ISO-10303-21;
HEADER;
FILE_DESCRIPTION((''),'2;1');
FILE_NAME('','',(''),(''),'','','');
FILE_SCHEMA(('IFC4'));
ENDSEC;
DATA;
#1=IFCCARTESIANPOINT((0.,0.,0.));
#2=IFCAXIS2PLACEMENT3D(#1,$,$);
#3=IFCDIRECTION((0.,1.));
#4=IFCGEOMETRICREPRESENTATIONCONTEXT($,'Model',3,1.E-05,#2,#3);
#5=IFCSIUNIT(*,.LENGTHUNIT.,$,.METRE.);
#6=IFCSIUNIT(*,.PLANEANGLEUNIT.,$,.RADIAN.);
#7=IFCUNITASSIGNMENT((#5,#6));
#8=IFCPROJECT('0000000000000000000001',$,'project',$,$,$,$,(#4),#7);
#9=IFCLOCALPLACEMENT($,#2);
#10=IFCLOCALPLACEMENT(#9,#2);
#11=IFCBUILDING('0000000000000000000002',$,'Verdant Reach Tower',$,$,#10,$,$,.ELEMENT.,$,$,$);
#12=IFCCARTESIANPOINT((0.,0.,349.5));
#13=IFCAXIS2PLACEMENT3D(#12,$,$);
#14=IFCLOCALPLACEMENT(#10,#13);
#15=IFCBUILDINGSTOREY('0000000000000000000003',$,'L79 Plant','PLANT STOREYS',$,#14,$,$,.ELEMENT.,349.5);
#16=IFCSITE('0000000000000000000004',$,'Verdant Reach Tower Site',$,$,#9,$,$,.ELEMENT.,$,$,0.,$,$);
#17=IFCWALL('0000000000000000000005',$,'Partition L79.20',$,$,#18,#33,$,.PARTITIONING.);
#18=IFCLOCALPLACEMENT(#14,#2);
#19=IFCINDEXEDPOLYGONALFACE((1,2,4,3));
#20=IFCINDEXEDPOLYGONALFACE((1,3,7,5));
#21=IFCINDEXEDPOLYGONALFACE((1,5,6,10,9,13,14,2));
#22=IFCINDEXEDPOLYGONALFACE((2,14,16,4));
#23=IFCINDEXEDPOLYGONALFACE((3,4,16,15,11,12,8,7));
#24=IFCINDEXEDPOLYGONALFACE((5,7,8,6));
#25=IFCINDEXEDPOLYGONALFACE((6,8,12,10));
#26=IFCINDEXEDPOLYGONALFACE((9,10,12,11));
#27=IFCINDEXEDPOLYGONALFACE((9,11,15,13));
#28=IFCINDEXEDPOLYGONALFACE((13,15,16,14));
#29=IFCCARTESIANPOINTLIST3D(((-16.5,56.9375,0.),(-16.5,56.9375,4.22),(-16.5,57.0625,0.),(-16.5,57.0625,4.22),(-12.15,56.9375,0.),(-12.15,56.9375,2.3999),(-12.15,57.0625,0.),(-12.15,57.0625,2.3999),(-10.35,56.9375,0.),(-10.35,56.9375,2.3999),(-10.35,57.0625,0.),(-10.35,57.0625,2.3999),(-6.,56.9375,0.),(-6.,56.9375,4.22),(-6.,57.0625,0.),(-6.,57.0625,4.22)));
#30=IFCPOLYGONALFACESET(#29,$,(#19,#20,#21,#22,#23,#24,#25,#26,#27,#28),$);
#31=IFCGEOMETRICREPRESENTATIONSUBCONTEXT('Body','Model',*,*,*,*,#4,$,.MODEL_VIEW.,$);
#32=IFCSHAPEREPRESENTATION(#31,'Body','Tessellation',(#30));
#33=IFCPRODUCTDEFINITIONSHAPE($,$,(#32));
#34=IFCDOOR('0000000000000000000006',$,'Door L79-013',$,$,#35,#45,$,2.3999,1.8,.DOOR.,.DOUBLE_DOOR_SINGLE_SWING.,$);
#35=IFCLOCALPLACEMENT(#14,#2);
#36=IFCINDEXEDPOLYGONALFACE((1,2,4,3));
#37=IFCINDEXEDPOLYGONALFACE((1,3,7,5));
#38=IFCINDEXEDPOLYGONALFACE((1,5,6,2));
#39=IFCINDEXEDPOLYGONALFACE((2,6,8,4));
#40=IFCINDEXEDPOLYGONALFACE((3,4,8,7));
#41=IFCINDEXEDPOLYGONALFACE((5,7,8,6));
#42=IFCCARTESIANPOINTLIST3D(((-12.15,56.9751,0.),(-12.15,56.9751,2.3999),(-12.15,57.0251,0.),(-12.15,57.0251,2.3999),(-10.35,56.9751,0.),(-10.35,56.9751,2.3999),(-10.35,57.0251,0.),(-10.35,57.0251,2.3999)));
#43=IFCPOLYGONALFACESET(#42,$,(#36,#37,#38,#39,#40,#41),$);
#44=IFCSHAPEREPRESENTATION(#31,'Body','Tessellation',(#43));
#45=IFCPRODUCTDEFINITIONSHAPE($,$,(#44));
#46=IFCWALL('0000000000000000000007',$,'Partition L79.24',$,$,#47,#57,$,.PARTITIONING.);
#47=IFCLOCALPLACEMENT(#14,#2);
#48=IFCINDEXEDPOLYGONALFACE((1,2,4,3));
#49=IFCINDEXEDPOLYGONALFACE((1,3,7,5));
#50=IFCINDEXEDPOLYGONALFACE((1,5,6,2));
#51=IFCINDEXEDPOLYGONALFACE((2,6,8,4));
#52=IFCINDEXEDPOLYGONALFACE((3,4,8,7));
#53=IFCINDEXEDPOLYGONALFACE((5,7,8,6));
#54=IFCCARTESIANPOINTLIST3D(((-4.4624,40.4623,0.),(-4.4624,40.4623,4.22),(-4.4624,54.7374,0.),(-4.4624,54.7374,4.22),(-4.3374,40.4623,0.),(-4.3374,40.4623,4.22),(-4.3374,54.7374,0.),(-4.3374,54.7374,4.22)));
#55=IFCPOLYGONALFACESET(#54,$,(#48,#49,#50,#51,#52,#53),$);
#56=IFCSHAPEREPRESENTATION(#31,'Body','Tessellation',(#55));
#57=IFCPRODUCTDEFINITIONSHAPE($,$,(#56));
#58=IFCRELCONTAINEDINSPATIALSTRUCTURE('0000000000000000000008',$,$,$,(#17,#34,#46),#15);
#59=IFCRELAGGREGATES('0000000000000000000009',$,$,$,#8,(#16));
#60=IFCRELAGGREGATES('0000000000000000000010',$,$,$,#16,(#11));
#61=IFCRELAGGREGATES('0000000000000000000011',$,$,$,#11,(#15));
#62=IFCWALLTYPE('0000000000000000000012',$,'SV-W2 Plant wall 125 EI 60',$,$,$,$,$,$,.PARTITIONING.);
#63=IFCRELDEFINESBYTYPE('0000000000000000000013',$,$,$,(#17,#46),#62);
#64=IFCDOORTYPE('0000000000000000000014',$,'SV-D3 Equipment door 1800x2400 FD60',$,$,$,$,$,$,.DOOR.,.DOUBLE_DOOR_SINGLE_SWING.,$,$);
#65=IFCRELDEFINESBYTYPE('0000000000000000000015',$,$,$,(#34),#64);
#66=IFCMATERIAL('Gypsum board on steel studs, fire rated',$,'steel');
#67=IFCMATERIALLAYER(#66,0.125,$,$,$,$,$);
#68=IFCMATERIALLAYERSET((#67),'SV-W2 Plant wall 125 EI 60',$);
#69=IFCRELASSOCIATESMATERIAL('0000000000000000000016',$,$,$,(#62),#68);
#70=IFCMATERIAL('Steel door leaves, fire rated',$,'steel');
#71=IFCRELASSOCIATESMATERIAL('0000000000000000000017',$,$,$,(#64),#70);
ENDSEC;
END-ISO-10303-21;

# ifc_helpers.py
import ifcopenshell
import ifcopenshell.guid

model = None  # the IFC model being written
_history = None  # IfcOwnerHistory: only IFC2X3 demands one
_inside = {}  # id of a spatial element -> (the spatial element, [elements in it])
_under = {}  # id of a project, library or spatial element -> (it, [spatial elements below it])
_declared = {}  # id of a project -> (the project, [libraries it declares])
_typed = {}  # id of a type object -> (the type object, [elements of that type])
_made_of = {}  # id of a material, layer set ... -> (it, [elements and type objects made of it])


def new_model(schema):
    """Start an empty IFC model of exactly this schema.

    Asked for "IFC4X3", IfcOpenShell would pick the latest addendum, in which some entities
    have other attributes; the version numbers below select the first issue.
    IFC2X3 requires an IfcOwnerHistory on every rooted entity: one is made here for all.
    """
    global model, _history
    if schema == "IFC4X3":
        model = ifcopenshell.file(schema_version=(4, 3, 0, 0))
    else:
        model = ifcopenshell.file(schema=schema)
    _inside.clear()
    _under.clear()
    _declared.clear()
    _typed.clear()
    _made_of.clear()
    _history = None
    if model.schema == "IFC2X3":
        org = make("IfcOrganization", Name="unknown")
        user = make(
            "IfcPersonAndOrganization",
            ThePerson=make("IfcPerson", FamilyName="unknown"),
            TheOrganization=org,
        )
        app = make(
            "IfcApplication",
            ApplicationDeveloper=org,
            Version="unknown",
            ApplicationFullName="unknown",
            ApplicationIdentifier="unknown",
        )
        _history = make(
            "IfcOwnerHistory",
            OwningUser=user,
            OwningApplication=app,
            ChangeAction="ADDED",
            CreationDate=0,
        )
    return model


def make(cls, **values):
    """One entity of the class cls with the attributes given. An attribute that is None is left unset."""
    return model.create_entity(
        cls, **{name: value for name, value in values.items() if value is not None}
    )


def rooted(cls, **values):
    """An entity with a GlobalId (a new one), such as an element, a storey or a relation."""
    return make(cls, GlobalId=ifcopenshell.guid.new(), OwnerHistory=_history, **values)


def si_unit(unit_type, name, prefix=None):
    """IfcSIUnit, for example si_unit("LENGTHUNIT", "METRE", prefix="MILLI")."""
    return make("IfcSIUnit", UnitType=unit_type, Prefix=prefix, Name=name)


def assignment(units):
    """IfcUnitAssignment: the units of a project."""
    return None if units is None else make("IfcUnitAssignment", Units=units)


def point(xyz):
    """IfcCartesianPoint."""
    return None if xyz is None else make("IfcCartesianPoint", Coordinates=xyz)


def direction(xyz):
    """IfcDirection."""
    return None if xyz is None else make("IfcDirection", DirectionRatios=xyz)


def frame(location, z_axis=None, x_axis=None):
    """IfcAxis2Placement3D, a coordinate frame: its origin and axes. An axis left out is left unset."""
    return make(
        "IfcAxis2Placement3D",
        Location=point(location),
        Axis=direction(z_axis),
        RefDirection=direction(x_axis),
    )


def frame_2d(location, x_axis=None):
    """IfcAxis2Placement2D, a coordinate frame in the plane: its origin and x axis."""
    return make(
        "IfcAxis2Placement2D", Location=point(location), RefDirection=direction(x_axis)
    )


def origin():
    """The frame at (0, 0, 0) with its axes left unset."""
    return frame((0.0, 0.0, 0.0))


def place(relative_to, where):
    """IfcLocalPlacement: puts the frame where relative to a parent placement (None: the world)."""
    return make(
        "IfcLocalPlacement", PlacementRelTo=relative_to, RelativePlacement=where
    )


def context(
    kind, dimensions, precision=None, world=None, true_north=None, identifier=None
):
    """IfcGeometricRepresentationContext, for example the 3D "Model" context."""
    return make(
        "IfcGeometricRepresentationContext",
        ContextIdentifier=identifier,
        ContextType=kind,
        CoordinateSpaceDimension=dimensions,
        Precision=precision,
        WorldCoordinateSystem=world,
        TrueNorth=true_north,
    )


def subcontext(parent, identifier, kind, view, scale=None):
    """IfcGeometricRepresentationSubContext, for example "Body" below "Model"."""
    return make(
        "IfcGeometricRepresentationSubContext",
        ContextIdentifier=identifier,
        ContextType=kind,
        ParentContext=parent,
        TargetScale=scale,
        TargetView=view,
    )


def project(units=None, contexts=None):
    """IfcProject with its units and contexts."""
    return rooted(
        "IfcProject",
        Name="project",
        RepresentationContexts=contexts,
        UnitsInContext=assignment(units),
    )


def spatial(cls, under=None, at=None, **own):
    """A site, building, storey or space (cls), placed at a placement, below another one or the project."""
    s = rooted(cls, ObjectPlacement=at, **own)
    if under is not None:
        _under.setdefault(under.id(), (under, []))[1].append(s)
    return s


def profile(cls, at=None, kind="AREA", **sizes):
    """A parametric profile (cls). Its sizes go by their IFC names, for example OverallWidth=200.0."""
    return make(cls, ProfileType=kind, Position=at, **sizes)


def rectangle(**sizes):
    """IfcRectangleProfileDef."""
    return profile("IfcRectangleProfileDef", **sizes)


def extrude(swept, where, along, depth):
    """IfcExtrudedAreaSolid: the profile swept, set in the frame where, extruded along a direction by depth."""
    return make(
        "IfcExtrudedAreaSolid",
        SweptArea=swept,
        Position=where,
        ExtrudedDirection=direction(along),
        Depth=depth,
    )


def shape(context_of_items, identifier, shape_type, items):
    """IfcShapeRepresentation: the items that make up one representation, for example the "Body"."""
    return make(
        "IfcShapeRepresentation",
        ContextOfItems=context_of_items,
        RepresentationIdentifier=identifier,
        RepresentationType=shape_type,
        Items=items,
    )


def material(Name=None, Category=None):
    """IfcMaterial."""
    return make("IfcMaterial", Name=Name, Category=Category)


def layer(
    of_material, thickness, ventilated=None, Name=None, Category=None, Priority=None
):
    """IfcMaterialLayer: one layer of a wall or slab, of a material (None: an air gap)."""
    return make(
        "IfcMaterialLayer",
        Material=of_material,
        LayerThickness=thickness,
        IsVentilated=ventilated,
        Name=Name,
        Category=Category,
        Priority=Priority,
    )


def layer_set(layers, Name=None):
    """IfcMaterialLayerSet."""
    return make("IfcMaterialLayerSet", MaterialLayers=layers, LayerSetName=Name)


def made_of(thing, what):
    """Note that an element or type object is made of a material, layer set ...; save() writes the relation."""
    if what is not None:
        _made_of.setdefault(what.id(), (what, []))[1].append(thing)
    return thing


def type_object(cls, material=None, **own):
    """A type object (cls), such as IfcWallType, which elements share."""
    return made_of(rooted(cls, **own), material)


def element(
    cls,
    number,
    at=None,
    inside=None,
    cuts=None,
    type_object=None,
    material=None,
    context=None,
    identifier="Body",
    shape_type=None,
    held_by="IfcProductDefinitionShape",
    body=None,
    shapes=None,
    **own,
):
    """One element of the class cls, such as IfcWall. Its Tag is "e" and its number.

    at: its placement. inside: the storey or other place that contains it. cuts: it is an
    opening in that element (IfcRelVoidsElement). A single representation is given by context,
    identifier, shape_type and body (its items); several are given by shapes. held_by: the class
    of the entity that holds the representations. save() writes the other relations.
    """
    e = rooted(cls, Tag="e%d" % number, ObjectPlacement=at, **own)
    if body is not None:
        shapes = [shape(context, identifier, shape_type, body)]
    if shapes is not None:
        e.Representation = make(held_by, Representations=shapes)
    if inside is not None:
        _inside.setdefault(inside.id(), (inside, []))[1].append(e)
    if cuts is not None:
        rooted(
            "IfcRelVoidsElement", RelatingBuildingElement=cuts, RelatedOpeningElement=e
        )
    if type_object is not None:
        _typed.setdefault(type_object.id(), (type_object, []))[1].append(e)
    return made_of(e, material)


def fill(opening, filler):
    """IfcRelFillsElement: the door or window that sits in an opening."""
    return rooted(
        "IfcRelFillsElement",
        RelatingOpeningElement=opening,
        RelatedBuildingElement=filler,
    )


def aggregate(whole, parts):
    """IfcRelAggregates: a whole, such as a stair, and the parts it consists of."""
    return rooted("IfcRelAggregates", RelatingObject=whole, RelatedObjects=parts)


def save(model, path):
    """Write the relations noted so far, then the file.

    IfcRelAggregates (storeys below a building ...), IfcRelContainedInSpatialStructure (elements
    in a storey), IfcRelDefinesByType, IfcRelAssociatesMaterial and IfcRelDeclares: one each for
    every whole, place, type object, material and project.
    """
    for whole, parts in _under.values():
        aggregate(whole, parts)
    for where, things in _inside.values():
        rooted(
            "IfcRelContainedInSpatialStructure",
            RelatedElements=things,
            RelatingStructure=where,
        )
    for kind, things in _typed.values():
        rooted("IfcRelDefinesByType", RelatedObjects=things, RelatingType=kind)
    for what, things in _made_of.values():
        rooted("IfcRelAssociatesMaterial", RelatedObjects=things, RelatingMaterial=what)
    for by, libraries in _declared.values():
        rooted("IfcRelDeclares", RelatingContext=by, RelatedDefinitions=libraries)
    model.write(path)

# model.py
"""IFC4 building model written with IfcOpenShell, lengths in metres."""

from ifc_helpers import new_model, si_unit, direction, frame, frame_2d, origin, place, context, subcontext, project, spatial, rectangle, extrude, material, layer, layer_set, type_object, element, fill, save


model = new_model("IFC4")

# Units and contexts
model_context = context("Model", 3, precision=1e-05, world=origin(), true_north=direction((0.0, 1.0)))
body_context = subcontext(model_context, "Body", "Model", "MODEL_VIEW")
ifc_project = project(units=[si_unit("LENGTHUNIT", "METRE"), si_unit("PLANEANGLEUNIT", "RADIAN")], contexts=[model_context])

# Site, building, storey
site_placement = place(None, origin())
site = spatial("IfcSite", under=ifc_project, at=site_placement, Name="Verdant Reach Tower Site", CompositionType="ELEMENT", RefElevation=0.0)
building_placement = place(site_placement, origin())
building = spatial("IfcBuilding", under=site, at=building_placement, Name="Verdant Reach Tower", CompositionType="ELEMENT")
storey_placement = place(building_placement, frame((0.0, 0.0, 349.5)))
storey = spatial("IfcBuildingStorey", under=building, at=storey_placement, Name="L79 Plant", Description="PLANT STOREYS", CompositionType="ELEMENT", Elevation=349.5)

# Shared definitions
ifc_material_1 = material(Name="Gypsum board on steel studs, fire rated", Category="steel")
ifc_layer = layer(ifc_material_1, 0.125)
ifc_layer_set = layer_set([ifc_layer], Name="SV-W2 Plant wall 125 EI 60")
wall_type = type_object("IfcWallType", Name="SV-W2 Plant wall 125 EI 60", PredefinedType="PARTITIONING", material=ifc_layer_set)
ifc_material_2 = material(Name="Steel door leaves, fire rated", Category="steel")
door_type_1 = type_object("IfcDoorType", Name="SV-D3 Equipment door 1800x2400 FD60", OperationType="DOUBLE_DOOR_SINGLE_SWING", PredefinedType="DOOR", material=ifc_material_2)

# Wall, opening, door
wall_1_placement = place(storey_placement, frame((-6.0, 57.0, 0.0), z_axis=(0.0, 0.0, 1.0), x_axis=(-1.0, 0.0, 0.0)))
wall_1 = element("IfcWall", 1, at=wall_1_placement, inside=storey, type_object=wall_type, Name="Partition L79.20", PredefinedType="PARTITIONING", context=body_context, shape_type="SweptSolid", body=[
    extrude(rectangle(XDim=10.5, YDim=0.125, at=frame_2d((5.25, 0.0))), origin(), (0.0, 0.0, 1.0), 4.22),
])
opening_1_placement = place(wall_1_placement, frame((4.3501, 0.0, 0.0)))
opening_1 = element("IfcOpeningElement", 2, at=opening_1_placement, cuts=wall_1, PredefinedType="OPENING", context=body_context, shape_type="SweptSolid", body=[
    extrude(rectangle(XDim=1.8, YDim=2.3999, at=frame_2d((0.8999, 1.2))), frame((0.0, 0.0725, 0.0), z_axis=(0.0, -1.0, 0.0), x_axis=(1.0, 0.0, 0.0)), (0.0, 0.0, 1.0), 0.145),
])
door_1_placement = place(opening_1_placement, origin())
door_1 = element("IfcDoor", 3, at=door_1_placement, inside=storey, type_object=door_type_1, Name="Door L79-013", OperationType="DOUBLE_DOOR_SINGLE_SWING", OverallHeight=2.3999, OverallWidth=1.8, PredefinedType="DOOR", context=body_context, shape_type="SweptSolid", body=[
    extrude(rectangle(XDim=1.8, YDim=2.3999, at=frame_2d((0.8999, 1.2))), frame((0.0, 0.0249, 0.0), z_axis=(0.0, -1.0, 0.0), x_axis=(1.0, 0.0, 0.0)), (0.0, 0.0, 1.0), 0.05),
])
fill(opening_1, door_1)

# Wall
wall_2_placement = place(storey_placement, frame((-4.3999, 54.7375, 0.0), z_axis=(0.0, 0.0, 1.0), x_axis=(0.0, -1.0, 0.0)))
element("IfcWall", 4, at=wall_2_placement, inside=storey, type_object=wall_type, Name="Partition L79.24", PredefinedType="PARTITIONING", context=body_context, shape_type="SweptSolid", body=[
    extrude(rectangle(XDim=14.2751, YDim=0.125, at=frame_2d((7.1377, 0.0))), origin(), (0.0, 0.0, 1.0), 4.22),
])

save(model, "model.ifc")
